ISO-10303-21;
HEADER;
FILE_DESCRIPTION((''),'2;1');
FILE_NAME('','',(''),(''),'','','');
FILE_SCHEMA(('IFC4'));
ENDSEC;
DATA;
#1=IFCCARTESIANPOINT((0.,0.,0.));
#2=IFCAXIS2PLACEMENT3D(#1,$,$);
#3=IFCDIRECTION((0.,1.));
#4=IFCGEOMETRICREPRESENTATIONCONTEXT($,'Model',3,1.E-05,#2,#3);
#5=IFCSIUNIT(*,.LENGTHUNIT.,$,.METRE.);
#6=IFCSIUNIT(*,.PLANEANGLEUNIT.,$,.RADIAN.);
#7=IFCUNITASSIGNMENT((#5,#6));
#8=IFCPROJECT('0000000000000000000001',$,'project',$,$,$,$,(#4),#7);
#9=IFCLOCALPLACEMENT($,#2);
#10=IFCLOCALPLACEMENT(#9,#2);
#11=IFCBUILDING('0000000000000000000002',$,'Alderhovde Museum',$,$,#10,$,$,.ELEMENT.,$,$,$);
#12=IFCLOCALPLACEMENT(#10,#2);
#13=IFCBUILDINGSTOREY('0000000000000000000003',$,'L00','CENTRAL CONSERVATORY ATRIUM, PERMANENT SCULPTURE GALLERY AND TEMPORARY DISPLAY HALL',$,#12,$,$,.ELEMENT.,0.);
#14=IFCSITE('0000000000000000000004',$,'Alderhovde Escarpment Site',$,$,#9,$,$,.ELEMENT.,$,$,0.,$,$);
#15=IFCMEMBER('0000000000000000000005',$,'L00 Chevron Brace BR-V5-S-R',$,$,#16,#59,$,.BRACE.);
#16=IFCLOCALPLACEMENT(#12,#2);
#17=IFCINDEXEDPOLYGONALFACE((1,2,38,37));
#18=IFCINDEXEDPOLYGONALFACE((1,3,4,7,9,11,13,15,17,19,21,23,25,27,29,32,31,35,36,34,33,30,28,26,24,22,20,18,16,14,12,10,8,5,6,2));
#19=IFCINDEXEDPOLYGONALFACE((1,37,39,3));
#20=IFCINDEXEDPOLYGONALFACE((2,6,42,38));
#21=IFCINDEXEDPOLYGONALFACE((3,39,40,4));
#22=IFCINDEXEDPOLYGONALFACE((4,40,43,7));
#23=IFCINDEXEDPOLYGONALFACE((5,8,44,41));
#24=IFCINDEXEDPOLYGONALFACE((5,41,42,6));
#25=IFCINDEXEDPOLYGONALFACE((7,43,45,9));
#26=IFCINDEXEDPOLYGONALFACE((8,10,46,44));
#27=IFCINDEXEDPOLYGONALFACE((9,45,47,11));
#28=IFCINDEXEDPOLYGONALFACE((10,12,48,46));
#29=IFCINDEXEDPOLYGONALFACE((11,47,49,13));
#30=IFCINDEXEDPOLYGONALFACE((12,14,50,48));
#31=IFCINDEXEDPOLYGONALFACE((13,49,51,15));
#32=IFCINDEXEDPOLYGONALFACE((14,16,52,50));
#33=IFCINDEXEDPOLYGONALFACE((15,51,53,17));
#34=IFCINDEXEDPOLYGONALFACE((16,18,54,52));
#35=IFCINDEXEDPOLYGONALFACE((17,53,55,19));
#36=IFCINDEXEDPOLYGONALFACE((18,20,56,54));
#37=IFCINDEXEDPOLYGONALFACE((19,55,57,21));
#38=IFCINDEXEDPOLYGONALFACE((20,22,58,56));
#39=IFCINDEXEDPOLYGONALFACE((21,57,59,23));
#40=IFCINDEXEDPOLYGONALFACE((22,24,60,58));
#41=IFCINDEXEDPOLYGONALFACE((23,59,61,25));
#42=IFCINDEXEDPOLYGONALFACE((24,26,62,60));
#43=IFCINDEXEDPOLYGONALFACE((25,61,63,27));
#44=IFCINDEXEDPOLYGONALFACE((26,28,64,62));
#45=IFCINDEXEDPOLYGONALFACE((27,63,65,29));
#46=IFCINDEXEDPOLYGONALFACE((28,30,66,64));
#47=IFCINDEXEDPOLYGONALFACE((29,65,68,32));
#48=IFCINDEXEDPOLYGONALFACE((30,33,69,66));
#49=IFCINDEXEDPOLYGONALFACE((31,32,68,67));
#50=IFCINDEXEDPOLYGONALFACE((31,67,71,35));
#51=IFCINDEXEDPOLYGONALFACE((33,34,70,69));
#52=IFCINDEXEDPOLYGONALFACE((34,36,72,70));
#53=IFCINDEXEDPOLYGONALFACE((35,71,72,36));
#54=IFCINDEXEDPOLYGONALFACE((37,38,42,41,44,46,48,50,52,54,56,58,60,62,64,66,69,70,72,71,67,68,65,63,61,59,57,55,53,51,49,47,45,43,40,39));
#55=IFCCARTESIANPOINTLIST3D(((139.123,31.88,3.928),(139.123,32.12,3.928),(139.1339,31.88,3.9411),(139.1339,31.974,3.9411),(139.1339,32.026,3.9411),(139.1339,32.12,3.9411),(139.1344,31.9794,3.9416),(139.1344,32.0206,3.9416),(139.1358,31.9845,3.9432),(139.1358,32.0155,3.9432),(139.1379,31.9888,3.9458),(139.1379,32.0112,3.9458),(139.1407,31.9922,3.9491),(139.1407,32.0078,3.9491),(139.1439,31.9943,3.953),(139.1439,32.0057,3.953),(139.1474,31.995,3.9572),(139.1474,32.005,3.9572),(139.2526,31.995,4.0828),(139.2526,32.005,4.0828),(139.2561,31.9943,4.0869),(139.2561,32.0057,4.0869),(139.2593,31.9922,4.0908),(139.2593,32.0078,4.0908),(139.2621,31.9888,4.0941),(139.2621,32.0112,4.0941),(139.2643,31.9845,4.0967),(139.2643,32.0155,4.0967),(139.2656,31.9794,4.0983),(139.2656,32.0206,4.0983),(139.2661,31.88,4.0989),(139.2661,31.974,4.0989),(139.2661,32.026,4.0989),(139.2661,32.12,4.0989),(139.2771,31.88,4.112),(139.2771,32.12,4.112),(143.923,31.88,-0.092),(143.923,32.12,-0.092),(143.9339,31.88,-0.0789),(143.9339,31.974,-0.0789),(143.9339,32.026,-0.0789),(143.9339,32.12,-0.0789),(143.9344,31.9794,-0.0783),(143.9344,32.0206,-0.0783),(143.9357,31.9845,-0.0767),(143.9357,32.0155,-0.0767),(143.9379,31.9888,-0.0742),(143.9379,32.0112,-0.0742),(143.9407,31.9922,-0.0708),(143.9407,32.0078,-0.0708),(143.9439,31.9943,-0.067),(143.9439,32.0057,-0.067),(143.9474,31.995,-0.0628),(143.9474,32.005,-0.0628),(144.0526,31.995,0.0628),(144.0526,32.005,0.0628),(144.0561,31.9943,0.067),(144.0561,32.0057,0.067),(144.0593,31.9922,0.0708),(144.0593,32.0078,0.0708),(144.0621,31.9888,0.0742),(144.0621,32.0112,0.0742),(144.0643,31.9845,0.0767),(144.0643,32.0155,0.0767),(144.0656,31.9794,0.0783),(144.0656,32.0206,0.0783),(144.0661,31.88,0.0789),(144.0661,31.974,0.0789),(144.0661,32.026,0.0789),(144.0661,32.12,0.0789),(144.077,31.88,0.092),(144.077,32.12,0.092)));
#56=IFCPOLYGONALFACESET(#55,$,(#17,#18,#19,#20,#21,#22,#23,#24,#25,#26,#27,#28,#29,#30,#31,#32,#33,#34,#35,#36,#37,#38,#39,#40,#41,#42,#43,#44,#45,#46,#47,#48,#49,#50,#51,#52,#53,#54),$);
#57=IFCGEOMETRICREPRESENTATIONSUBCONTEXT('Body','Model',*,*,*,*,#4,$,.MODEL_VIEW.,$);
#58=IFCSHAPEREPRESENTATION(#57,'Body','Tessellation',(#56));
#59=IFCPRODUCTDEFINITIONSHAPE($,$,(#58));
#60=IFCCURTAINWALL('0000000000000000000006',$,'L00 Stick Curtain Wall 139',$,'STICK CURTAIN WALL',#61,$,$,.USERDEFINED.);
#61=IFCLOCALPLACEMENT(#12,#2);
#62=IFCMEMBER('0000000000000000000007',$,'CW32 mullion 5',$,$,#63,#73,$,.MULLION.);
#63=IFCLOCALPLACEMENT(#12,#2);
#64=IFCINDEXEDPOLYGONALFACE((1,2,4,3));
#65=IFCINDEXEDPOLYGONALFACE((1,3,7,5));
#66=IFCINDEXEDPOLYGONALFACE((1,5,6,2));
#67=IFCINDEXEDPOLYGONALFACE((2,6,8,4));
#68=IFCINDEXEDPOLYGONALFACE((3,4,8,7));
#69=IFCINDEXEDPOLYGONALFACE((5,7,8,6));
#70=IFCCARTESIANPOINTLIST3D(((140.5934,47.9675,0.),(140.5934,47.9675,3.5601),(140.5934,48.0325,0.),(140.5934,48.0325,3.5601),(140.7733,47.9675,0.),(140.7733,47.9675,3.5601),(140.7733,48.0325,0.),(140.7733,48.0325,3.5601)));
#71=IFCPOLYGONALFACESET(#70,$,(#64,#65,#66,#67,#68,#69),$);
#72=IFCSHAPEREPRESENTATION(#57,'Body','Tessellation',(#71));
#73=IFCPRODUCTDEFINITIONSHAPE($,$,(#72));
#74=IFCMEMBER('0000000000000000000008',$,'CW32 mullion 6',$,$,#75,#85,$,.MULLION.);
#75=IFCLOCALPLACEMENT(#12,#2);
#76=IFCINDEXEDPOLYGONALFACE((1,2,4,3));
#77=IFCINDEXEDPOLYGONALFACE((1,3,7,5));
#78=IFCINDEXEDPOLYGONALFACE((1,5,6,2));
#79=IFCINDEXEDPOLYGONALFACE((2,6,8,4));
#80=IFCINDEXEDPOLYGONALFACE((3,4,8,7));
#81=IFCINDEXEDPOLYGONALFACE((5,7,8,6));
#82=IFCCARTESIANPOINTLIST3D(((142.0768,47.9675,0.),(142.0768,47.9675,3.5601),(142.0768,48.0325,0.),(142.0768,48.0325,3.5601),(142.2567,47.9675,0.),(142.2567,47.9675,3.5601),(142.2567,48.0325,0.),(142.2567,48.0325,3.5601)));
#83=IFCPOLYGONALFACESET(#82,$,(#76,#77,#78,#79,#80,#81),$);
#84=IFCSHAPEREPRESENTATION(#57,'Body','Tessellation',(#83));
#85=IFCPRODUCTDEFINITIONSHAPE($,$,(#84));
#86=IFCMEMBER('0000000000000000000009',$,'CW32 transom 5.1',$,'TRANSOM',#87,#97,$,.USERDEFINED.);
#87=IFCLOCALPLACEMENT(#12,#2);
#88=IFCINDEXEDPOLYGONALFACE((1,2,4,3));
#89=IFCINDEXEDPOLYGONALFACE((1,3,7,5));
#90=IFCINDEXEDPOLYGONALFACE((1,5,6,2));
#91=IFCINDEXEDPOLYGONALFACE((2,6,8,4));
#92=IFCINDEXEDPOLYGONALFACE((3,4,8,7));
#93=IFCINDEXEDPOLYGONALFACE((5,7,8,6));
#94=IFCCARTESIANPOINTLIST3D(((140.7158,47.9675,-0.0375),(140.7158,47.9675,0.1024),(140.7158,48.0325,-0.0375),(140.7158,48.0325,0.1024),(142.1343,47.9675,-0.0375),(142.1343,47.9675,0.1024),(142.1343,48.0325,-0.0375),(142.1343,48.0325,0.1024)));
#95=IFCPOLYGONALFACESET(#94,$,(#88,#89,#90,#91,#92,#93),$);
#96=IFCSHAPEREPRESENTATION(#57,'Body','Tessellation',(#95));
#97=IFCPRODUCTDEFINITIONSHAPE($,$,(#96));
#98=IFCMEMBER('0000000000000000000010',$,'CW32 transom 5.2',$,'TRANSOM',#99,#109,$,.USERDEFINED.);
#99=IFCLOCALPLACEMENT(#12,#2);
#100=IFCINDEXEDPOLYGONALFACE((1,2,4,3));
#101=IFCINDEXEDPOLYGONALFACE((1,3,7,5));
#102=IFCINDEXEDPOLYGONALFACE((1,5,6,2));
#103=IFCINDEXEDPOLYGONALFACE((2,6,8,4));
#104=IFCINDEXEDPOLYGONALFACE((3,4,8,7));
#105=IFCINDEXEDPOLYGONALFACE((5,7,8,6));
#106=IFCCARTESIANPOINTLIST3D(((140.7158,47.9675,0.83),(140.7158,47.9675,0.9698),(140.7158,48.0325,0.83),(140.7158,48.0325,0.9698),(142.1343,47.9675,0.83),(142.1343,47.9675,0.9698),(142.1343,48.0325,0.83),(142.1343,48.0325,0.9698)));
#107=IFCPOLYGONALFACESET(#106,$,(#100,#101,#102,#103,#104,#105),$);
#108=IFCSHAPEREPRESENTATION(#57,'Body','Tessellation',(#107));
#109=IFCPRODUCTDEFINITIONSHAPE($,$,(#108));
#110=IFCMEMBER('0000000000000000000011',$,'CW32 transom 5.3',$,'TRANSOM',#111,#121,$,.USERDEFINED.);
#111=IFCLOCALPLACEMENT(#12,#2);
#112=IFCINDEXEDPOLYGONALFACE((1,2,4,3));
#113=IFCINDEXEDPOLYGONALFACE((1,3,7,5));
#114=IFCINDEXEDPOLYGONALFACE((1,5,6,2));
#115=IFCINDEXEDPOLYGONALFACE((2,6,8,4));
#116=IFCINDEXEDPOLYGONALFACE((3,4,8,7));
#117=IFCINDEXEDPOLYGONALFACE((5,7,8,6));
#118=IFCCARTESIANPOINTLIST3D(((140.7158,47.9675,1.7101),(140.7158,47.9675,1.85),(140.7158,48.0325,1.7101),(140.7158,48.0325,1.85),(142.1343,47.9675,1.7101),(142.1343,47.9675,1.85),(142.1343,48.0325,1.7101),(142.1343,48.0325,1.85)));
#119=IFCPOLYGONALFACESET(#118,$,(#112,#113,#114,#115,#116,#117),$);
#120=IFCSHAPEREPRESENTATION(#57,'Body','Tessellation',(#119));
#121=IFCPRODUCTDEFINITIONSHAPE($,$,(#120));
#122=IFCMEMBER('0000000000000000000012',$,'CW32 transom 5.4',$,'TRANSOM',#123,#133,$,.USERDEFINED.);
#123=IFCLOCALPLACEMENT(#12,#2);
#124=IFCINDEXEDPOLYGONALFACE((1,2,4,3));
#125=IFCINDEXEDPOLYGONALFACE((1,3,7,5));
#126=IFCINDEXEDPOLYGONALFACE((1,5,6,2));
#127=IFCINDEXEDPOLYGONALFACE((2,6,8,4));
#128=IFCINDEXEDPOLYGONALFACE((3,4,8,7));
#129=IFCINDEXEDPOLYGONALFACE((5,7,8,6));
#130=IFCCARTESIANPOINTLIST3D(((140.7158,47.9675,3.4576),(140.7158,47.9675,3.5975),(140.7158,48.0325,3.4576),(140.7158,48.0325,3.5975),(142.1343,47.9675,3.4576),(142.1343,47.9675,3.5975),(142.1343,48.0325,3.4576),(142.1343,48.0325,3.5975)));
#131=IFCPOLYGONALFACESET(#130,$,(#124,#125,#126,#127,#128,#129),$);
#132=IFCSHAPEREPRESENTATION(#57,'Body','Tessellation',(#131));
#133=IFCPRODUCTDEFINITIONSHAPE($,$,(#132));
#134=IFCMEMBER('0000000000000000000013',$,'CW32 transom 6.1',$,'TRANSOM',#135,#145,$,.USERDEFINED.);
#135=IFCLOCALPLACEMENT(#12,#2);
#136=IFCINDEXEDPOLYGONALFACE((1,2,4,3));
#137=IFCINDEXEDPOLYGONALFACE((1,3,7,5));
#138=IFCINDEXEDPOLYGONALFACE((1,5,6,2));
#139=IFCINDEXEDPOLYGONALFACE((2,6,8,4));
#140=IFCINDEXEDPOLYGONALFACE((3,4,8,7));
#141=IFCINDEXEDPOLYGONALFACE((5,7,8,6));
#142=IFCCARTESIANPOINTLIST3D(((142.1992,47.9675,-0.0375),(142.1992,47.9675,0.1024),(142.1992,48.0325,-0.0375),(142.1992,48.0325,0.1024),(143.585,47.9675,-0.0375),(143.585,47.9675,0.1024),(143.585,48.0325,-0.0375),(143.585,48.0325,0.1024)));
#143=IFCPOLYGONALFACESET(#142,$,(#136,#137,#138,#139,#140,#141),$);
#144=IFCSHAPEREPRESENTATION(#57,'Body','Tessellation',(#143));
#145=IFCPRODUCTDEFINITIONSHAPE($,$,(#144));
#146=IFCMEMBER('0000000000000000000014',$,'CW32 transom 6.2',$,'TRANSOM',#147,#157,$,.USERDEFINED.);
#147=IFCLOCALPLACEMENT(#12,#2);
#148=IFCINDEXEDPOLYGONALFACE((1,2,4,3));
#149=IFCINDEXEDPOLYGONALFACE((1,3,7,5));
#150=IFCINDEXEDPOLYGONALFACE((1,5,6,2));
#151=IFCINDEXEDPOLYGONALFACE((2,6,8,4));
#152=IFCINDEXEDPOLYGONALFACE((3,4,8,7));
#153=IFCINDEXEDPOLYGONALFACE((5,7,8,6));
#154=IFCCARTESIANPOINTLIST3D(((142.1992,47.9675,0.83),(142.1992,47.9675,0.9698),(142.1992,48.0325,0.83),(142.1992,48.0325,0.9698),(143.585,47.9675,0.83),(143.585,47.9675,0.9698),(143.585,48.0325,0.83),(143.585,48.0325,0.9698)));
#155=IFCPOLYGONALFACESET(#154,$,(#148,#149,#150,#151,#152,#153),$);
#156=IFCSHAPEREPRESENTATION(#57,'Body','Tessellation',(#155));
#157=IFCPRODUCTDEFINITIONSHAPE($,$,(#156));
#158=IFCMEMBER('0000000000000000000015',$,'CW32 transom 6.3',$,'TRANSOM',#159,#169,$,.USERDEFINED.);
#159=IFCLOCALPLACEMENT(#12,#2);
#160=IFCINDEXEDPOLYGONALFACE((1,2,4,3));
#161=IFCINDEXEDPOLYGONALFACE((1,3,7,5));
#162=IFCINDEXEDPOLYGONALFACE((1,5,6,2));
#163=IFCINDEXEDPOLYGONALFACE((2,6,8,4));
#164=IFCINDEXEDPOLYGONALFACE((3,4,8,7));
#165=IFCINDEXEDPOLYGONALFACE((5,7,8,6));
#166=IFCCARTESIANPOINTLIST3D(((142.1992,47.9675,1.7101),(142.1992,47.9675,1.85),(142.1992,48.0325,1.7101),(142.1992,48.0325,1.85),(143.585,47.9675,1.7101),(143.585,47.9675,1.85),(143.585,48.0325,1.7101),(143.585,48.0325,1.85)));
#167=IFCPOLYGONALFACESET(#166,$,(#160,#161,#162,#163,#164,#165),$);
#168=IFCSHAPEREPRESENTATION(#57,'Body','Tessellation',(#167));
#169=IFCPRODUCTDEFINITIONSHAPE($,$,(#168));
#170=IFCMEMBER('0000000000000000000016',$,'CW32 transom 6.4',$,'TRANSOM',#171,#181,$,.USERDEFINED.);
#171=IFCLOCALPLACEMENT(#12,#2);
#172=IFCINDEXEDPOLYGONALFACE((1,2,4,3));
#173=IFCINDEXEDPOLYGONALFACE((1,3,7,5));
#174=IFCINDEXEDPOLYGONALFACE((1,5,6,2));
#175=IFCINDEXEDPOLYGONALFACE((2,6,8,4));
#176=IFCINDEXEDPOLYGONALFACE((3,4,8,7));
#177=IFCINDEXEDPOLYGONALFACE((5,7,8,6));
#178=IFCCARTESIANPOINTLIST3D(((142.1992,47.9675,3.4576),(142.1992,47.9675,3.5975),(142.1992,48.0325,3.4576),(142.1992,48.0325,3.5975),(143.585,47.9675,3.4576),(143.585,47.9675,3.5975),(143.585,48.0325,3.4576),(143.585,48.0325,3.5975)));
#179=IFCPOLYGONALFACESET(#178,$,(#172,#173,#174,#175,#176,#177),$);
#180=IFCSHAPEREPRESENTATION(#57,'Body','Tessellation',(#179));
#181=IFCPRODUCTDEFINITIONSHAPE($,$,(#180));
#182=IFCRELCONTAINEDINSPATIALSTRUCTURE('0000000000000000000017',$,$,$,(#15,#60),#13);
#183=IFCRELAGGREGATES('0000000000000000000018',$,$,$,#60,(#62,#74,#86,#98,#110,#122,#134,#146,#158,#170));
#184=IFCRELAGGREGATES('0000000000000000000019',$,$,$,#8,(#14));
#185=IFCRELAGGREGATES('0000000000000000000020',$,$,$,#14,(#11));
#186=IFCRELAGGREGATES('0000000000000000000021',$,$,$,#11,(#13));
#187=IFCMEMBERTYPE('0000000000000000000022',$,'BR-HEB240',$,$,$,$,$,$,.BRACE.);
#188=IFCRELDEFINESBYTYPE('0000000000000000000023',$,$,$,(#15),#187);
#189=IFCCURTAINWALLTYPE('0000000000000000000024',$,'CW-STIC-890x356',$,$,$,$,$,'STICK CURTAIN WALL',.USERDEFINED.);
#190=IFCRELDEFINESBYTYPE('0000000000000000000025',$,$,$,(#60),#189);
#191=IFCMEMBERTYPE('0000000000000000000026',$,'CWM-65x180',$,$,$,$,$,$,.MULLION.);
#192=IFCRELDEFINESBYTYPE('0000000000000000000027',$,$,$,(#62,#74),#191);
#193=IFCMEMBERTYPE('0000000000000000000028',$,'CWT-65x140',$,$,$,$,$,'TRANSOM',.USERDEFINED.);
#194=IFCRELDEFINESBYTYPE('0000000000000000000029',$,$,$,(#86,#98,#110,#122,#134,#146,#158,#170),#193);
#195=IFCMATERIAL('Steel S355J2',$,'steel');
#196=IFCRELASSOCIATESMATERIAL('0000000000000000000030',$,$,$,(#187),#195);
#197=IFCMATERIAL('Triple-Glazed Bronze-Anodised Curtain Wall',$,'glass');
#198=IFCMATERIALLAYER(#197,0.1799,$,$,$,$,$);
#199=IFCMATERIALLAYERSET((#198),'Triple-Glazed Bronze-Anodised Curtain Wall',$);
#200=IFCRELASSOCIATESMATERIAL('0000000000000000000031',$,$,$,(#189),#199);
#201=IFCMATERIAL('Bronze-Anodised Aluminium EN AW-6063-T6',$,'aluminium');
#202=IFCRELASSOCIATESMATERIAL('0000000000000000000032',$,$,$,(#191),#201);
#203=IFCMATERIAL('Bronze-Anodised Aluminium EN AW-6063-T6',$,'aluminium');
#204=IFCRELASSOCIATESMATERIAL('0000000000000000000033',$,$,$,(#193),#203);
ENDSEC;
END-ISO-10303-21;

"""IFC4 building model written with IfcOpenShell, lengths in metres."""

from ifc_helpers import new_model, si_unit, direction, frame, origin, origin_2d, place, context, subcontext, project, spatial, rectangle, i_section, extrude, material, layer, layer_set, material_profile, profile_set, type_object, element, aggregate, save


model = new_model("IFC4")

# Units and contexts
model_context = context("Model", 3, precision=1e-05, world=origin(), true_north=direction((0.0, 1.0)))
body_context = subcontext(model_context, "Body", "Model", "MODEL_VIEW")
ifc_project = project(units=[si_unit("LENGTHUNIT", "METRE"), si_unit("PLANEANGLEUNIT", "RADIAN")], contexts=[model_context])

# Site, building, storey
site_placement = place(None, origin())
site = spatial("IfcSite", under=ifc_project, at=site_placement, Name="Alderhovde Escarpment Site", CompositionType="ELEMENT", RefElevation=0.0)
building_placement = place(site_placement, origin())
building = spatial("IfcBuilding", under=site, at=building_placement, Name="Alderhovde Museum", CompositionType="ELEMENT")
storey_placement = place(building_placement, origin())
storey = spatial("IfcBuildingStorey", under=building, at=storey_placement, Name="L00", Description="CENTRAL CONSERVATORY ATRIUM, PERMANENT SCULPTURE GALLERY AND TEMPORARY DISPLAY HALL", CompositionType="ELEMENT", Elevation=0.0)

# Member
ifc_material_1 = material(Name="Steel S355J2", Category="steel")
ifc_material_profile_1 = material_profile(ifc_material_1, i_section(OverallWidth=0.24, OverallDepth=0.24, WebThickness=0.01, FlangeThickness=0.0171, FilletRadius=0.021, at=origin_2d()), Name="HEB 240")
ifc_profile_set_1 = profile_set([ifc_material_profile_1], Name="Steel S355J2")
member_type_1 = type_object("IfcMemberType", Name="BR-HEB240", PredefinedType="BRACE", material=ifc_profile_set_1)
member_1_placement = place(storey_placement, frame((144.0, 32.0, 0.0), z_axis=(-0.76665, 0.0, 0.642066), x_axis=(0.0, -1.0, 0.0)))
element("IfcMember", 1, at=member_1_placement, inside=storey, type_object=member_type_1, Name="L00 Chevron Brace BR-V5-S-R", PredefinedType="BRACE", context=body_context, shape_type="SweptSolid", body=[
    extrude(i_section(OverallWidth=0.24, OverallDepth=0.24, WebThickness=0.01, FlangeThickness=0.0171, FilletRadius=0.021, at=origin_2d()), origin(), (0.0, 0.0, 1.0), 6.261),
])

# Curtain wall, members
ifc_material_2 = material(Name="Triple-Glazed Bronze-Anodised Curtain Wall", Category="glass")
ifc_layer_1 = layer(ifc_material_2, 0.1799)
ifc_layer_set_1 = layer_set([ifc_layer_1], Name="Triple-Glazed Bronze-Anodised Curtain Wall")
curtain_wall_type = type_object("IfcCurtainWallType", Name="CW-STIC-890x356", ElementType="STICK CURTAIN WALL", PredefinedType="USERDEFINED", material=ifc_layer_set_1)
curtain_wall_placement = place(storey_placement, origin())
curtain_wall = element("IfcCurtainWall", 2, at=curtain_wall_placement, inside=storey, type_object=curtain_wall_type, Name="L00 Stick Curtain Wall 139", ObjectType="STICK CURTAIN WALL", PredefinedType="USERDEFINED")
ifc_material_3 = material(Name="Bronze-Anodised Aluminium EN AW-6063-T6", Category="aluminium")
ifc_material_profile_2 = material_profile(ifc_material_3, rectangle(XDim=0.0649, YDim=0.1799, at=origin_2d()), Name="MULLION 65x180")
ifc_profile_set_2 = profile_set([ifc_material_profile_2], Name="Bronze-Anodised Aluminium EN AW-6063-T6")
member_type_2 = type_object("IfcMemberType", Name="CWM-65x180", PredefinedType="MULLION", material=ifc_profile_set_2)
member_2_placement = place(storey_placement, frame((140.6833, 48.0, 0.0), z_axis=(0.0, 0.0, 1.0), x_axis=(0.0, 1.0, 0.0)))
member_2 = element("IfcMember", 3, at=member_2_placement, type_object=member_type_2, Name="CW32 mullion 5", PredefinedType="MULLION", context=body_context, shape_type="SweptSolid", body=[
    extrude(rectangle(XDim=0.0649, YDim=0.1799, at=origin_2d()), origin(), (0.0, 0.0, 1.0), 3.5601),
])
member_3_placement = place(storey_placement, frame((142.1667, 48.0, 0.0), z_axis=(0.0, 0.0, 1.0), x_axis=(0.0, 1.0, 0.0)))
member_3 = element("IfcMember", 4, at=member_3_placement, type_object=member_type_2, Name="CW32 mullion 6", PredefinedType="MULLION", context=body_context, shape_type="SweptSolid", body=[
    extrude(rectangle(XDim=0.0649, YDim=0.1799, at=origin_2d()), origin(), (0.0, 0.0, 1.0), 3.5601),
])
ifc_material_4 = material(Name="Bronze-Anodised Aluminium EN AW-6063-T6", Category="aluminium")
ifc_material_profile_3 = material_profile(ifc_material_4, rectangle(XDim=0.0649, YDim=0.1399, at=origin_2d()), Name="TRANSOM 65x140")
ifc_profile_set_3 = profile_set([ifc_material_profile_3], Name="Bronze-Anodised Aluminium EN AW-6063-T6")
member_type_3 = type_object("IfcMemberType", Name="CWT-65x140", ElementType="TRANSOM", PredefinedType="USERDEFINED", material=ifc_profile_set_3)
member_4_placement = place(storey_placement, frame((140.7158, 48.0, 0.0325), z_axis=(1.0, 0.0, 0.0), x_axis=(0.0, 1.0, 0.0)))
member_4 = element("IfcMember", 5, at=member_4_placement, type_object=member_type_3, Name="CW32 transom 5.1", ObjectType="TRANSOM", PredefinedType="USERDEFINED", context=body_context, shape_type="SweptSolid", body=[
    extrude(rectangle(XDim=0.0649, YDim=0.1399, at=origin_2d()), origin(), (0.0, 0.0, 1.0), 1.4185),
])
member_5_placement = place(storey_placement, frame((140.7158, 48.0, 0.8999), z_axis=(1.0, 0.0, 0.0), x_axis=(0.0, 1.0, 0.0)))
member_5 = element("IfcMember", 6, at=member_5_placement, type_object=member_type_3, Name="CW32 transom 5.2", ObjectType="TRANSOM", PredefinedType="USERDEFINED", context=body_context, shape_type="SweptSolid", body=[
    extrude(rectangle(XDim=0.0649, YDim=0.1399, at=origin_2d()), origin(), (0.0, 0.0, 1.0), 1.4185),
])
member_6_placement = place(storey_placement, frame((140.7158, 48.0, 1.78), z_axis=(1.0, 0.0, 0.0), x_axis=(0.0, 1.0, 0.0)))
member_6 = element("IfcMember", 7, at=member_6_placement, type_object=member_type_3, Name="CW32 transom 5.3", ObjectType="TRANSOM", PredefinedType="USERDEFINED", context=body_context, shape_type="SweptSolid", body=[
    extrude(rectangle(XDim=0.0649, YDim=0.1399, at=origin_2d()), origin(), (0.0, 0.0, 1.0), 1.4185),
])
member_7_placement = place(storey_placement, frame((140.7158, 48.0, 3.5276), z_axis=(1.0, 0.0, 0.0), x_axis=(0.0, 1.0, 0.0)))
member_7 = element("IfcMember", 8, at=member_7_placement, type_object=member_type_3, Name="CW32 transom 5.4", ObjectType="TRANSOM", PredefinedType="USERDEFINED", context=body_context, shape_type="SweptSolid", body=[
    extrude(rectangle(XDim=0.0649, YDim=0.1399, at=origin_2d()), origin(), (0.0, 0.0, 1.0), 1.4185),
])
member_8_placement = place(storey_placement, frame((142.1992, 48.0, 0.0325), z_axis=(1.0, 0.0, 0.0), x_axis=(0.0, 1.0, 0.0)))
member_8 = element("IfcMember", 9, at=member_8_placement, type_object=member_type_3, Name="CW32 transom 6.1", ObjectType="TRANSOM", PredefinedType="USERDEFINED", context=body_context, shape_type="SweptSolid", body=[
    extrude(rectangle(XDim=0.0649, YDim=0.1399, at=origin_2d()), origin(), (0.0, 0.0, 1.0), 1.3857),
])
member_9_placement = place(storey_placement, frame((142.1992, 48.0, 0.8999), z_axis=(1.0, 0.0, 0.0), x_axis=(0.0, 1.0, 0.0)))
member_9 = element("IfcMember", 10, at=member_9_placement, type_object=member_type_3, Name="CW32 transom 6.2", ObjectType="TRANSOM", PredefinedType="USERDEFINED", context=body_context, shape_type="SweptSolid", body=[
    extrude(rectangle(XDim=0.0649, YDim=0.1399, at=origin_2d()), origin(), (0.0, 0.0, 1.0), 1.3857),
])
member_10_placement = place(storey_placement, frame((142.1992, 48.0, 1.78), z_axis=(1.0, 0.0, 0.0), x_axis=(0.0, 1.0, 0.0)))
member_10 = element("IfcMember", 11, at=member_10_placement, type_object=member_type_3, Name="CW32 transom 6.3", ObjectType="TRANSOM", PredefinedType="USERDEFINED", context=body_context, shape_type="SweptSolid", body=[
    extrude(rectangle(XDim=0.0649, YDim=0.1399, at=origin_2d()), origin(), (0.0, 0.0, 1.0), 1.3857),
])
member_11_placement = place(storey_placement, frame((142.1992, 48.0, 3.5276), z_axis=(1.0, 0.0, 0.0), x_axis=(0.0, 1.0, 0.0)))
member_11 = element("IfcMember", 12, at=member_11_placement, type_object=member_type_3, Name="CW32 transom 6.4", ObjectType="TRANSOM", PredefinedType="USERDEFINED", context=body_context, shape_type="SweptSolid", body=[
    extrude(rectangle(XDim=0.0649, YDim=0.1399, at=origin_2d()), origin(), (0.0, 0.0, 1.0), 1.3857),
])

aggregate(curtain_wall, [member_2, member_3, member_4, member_5, member_6, member_7, member_8, member_9, member_10, member_11])

save(model, "model.ifc")
